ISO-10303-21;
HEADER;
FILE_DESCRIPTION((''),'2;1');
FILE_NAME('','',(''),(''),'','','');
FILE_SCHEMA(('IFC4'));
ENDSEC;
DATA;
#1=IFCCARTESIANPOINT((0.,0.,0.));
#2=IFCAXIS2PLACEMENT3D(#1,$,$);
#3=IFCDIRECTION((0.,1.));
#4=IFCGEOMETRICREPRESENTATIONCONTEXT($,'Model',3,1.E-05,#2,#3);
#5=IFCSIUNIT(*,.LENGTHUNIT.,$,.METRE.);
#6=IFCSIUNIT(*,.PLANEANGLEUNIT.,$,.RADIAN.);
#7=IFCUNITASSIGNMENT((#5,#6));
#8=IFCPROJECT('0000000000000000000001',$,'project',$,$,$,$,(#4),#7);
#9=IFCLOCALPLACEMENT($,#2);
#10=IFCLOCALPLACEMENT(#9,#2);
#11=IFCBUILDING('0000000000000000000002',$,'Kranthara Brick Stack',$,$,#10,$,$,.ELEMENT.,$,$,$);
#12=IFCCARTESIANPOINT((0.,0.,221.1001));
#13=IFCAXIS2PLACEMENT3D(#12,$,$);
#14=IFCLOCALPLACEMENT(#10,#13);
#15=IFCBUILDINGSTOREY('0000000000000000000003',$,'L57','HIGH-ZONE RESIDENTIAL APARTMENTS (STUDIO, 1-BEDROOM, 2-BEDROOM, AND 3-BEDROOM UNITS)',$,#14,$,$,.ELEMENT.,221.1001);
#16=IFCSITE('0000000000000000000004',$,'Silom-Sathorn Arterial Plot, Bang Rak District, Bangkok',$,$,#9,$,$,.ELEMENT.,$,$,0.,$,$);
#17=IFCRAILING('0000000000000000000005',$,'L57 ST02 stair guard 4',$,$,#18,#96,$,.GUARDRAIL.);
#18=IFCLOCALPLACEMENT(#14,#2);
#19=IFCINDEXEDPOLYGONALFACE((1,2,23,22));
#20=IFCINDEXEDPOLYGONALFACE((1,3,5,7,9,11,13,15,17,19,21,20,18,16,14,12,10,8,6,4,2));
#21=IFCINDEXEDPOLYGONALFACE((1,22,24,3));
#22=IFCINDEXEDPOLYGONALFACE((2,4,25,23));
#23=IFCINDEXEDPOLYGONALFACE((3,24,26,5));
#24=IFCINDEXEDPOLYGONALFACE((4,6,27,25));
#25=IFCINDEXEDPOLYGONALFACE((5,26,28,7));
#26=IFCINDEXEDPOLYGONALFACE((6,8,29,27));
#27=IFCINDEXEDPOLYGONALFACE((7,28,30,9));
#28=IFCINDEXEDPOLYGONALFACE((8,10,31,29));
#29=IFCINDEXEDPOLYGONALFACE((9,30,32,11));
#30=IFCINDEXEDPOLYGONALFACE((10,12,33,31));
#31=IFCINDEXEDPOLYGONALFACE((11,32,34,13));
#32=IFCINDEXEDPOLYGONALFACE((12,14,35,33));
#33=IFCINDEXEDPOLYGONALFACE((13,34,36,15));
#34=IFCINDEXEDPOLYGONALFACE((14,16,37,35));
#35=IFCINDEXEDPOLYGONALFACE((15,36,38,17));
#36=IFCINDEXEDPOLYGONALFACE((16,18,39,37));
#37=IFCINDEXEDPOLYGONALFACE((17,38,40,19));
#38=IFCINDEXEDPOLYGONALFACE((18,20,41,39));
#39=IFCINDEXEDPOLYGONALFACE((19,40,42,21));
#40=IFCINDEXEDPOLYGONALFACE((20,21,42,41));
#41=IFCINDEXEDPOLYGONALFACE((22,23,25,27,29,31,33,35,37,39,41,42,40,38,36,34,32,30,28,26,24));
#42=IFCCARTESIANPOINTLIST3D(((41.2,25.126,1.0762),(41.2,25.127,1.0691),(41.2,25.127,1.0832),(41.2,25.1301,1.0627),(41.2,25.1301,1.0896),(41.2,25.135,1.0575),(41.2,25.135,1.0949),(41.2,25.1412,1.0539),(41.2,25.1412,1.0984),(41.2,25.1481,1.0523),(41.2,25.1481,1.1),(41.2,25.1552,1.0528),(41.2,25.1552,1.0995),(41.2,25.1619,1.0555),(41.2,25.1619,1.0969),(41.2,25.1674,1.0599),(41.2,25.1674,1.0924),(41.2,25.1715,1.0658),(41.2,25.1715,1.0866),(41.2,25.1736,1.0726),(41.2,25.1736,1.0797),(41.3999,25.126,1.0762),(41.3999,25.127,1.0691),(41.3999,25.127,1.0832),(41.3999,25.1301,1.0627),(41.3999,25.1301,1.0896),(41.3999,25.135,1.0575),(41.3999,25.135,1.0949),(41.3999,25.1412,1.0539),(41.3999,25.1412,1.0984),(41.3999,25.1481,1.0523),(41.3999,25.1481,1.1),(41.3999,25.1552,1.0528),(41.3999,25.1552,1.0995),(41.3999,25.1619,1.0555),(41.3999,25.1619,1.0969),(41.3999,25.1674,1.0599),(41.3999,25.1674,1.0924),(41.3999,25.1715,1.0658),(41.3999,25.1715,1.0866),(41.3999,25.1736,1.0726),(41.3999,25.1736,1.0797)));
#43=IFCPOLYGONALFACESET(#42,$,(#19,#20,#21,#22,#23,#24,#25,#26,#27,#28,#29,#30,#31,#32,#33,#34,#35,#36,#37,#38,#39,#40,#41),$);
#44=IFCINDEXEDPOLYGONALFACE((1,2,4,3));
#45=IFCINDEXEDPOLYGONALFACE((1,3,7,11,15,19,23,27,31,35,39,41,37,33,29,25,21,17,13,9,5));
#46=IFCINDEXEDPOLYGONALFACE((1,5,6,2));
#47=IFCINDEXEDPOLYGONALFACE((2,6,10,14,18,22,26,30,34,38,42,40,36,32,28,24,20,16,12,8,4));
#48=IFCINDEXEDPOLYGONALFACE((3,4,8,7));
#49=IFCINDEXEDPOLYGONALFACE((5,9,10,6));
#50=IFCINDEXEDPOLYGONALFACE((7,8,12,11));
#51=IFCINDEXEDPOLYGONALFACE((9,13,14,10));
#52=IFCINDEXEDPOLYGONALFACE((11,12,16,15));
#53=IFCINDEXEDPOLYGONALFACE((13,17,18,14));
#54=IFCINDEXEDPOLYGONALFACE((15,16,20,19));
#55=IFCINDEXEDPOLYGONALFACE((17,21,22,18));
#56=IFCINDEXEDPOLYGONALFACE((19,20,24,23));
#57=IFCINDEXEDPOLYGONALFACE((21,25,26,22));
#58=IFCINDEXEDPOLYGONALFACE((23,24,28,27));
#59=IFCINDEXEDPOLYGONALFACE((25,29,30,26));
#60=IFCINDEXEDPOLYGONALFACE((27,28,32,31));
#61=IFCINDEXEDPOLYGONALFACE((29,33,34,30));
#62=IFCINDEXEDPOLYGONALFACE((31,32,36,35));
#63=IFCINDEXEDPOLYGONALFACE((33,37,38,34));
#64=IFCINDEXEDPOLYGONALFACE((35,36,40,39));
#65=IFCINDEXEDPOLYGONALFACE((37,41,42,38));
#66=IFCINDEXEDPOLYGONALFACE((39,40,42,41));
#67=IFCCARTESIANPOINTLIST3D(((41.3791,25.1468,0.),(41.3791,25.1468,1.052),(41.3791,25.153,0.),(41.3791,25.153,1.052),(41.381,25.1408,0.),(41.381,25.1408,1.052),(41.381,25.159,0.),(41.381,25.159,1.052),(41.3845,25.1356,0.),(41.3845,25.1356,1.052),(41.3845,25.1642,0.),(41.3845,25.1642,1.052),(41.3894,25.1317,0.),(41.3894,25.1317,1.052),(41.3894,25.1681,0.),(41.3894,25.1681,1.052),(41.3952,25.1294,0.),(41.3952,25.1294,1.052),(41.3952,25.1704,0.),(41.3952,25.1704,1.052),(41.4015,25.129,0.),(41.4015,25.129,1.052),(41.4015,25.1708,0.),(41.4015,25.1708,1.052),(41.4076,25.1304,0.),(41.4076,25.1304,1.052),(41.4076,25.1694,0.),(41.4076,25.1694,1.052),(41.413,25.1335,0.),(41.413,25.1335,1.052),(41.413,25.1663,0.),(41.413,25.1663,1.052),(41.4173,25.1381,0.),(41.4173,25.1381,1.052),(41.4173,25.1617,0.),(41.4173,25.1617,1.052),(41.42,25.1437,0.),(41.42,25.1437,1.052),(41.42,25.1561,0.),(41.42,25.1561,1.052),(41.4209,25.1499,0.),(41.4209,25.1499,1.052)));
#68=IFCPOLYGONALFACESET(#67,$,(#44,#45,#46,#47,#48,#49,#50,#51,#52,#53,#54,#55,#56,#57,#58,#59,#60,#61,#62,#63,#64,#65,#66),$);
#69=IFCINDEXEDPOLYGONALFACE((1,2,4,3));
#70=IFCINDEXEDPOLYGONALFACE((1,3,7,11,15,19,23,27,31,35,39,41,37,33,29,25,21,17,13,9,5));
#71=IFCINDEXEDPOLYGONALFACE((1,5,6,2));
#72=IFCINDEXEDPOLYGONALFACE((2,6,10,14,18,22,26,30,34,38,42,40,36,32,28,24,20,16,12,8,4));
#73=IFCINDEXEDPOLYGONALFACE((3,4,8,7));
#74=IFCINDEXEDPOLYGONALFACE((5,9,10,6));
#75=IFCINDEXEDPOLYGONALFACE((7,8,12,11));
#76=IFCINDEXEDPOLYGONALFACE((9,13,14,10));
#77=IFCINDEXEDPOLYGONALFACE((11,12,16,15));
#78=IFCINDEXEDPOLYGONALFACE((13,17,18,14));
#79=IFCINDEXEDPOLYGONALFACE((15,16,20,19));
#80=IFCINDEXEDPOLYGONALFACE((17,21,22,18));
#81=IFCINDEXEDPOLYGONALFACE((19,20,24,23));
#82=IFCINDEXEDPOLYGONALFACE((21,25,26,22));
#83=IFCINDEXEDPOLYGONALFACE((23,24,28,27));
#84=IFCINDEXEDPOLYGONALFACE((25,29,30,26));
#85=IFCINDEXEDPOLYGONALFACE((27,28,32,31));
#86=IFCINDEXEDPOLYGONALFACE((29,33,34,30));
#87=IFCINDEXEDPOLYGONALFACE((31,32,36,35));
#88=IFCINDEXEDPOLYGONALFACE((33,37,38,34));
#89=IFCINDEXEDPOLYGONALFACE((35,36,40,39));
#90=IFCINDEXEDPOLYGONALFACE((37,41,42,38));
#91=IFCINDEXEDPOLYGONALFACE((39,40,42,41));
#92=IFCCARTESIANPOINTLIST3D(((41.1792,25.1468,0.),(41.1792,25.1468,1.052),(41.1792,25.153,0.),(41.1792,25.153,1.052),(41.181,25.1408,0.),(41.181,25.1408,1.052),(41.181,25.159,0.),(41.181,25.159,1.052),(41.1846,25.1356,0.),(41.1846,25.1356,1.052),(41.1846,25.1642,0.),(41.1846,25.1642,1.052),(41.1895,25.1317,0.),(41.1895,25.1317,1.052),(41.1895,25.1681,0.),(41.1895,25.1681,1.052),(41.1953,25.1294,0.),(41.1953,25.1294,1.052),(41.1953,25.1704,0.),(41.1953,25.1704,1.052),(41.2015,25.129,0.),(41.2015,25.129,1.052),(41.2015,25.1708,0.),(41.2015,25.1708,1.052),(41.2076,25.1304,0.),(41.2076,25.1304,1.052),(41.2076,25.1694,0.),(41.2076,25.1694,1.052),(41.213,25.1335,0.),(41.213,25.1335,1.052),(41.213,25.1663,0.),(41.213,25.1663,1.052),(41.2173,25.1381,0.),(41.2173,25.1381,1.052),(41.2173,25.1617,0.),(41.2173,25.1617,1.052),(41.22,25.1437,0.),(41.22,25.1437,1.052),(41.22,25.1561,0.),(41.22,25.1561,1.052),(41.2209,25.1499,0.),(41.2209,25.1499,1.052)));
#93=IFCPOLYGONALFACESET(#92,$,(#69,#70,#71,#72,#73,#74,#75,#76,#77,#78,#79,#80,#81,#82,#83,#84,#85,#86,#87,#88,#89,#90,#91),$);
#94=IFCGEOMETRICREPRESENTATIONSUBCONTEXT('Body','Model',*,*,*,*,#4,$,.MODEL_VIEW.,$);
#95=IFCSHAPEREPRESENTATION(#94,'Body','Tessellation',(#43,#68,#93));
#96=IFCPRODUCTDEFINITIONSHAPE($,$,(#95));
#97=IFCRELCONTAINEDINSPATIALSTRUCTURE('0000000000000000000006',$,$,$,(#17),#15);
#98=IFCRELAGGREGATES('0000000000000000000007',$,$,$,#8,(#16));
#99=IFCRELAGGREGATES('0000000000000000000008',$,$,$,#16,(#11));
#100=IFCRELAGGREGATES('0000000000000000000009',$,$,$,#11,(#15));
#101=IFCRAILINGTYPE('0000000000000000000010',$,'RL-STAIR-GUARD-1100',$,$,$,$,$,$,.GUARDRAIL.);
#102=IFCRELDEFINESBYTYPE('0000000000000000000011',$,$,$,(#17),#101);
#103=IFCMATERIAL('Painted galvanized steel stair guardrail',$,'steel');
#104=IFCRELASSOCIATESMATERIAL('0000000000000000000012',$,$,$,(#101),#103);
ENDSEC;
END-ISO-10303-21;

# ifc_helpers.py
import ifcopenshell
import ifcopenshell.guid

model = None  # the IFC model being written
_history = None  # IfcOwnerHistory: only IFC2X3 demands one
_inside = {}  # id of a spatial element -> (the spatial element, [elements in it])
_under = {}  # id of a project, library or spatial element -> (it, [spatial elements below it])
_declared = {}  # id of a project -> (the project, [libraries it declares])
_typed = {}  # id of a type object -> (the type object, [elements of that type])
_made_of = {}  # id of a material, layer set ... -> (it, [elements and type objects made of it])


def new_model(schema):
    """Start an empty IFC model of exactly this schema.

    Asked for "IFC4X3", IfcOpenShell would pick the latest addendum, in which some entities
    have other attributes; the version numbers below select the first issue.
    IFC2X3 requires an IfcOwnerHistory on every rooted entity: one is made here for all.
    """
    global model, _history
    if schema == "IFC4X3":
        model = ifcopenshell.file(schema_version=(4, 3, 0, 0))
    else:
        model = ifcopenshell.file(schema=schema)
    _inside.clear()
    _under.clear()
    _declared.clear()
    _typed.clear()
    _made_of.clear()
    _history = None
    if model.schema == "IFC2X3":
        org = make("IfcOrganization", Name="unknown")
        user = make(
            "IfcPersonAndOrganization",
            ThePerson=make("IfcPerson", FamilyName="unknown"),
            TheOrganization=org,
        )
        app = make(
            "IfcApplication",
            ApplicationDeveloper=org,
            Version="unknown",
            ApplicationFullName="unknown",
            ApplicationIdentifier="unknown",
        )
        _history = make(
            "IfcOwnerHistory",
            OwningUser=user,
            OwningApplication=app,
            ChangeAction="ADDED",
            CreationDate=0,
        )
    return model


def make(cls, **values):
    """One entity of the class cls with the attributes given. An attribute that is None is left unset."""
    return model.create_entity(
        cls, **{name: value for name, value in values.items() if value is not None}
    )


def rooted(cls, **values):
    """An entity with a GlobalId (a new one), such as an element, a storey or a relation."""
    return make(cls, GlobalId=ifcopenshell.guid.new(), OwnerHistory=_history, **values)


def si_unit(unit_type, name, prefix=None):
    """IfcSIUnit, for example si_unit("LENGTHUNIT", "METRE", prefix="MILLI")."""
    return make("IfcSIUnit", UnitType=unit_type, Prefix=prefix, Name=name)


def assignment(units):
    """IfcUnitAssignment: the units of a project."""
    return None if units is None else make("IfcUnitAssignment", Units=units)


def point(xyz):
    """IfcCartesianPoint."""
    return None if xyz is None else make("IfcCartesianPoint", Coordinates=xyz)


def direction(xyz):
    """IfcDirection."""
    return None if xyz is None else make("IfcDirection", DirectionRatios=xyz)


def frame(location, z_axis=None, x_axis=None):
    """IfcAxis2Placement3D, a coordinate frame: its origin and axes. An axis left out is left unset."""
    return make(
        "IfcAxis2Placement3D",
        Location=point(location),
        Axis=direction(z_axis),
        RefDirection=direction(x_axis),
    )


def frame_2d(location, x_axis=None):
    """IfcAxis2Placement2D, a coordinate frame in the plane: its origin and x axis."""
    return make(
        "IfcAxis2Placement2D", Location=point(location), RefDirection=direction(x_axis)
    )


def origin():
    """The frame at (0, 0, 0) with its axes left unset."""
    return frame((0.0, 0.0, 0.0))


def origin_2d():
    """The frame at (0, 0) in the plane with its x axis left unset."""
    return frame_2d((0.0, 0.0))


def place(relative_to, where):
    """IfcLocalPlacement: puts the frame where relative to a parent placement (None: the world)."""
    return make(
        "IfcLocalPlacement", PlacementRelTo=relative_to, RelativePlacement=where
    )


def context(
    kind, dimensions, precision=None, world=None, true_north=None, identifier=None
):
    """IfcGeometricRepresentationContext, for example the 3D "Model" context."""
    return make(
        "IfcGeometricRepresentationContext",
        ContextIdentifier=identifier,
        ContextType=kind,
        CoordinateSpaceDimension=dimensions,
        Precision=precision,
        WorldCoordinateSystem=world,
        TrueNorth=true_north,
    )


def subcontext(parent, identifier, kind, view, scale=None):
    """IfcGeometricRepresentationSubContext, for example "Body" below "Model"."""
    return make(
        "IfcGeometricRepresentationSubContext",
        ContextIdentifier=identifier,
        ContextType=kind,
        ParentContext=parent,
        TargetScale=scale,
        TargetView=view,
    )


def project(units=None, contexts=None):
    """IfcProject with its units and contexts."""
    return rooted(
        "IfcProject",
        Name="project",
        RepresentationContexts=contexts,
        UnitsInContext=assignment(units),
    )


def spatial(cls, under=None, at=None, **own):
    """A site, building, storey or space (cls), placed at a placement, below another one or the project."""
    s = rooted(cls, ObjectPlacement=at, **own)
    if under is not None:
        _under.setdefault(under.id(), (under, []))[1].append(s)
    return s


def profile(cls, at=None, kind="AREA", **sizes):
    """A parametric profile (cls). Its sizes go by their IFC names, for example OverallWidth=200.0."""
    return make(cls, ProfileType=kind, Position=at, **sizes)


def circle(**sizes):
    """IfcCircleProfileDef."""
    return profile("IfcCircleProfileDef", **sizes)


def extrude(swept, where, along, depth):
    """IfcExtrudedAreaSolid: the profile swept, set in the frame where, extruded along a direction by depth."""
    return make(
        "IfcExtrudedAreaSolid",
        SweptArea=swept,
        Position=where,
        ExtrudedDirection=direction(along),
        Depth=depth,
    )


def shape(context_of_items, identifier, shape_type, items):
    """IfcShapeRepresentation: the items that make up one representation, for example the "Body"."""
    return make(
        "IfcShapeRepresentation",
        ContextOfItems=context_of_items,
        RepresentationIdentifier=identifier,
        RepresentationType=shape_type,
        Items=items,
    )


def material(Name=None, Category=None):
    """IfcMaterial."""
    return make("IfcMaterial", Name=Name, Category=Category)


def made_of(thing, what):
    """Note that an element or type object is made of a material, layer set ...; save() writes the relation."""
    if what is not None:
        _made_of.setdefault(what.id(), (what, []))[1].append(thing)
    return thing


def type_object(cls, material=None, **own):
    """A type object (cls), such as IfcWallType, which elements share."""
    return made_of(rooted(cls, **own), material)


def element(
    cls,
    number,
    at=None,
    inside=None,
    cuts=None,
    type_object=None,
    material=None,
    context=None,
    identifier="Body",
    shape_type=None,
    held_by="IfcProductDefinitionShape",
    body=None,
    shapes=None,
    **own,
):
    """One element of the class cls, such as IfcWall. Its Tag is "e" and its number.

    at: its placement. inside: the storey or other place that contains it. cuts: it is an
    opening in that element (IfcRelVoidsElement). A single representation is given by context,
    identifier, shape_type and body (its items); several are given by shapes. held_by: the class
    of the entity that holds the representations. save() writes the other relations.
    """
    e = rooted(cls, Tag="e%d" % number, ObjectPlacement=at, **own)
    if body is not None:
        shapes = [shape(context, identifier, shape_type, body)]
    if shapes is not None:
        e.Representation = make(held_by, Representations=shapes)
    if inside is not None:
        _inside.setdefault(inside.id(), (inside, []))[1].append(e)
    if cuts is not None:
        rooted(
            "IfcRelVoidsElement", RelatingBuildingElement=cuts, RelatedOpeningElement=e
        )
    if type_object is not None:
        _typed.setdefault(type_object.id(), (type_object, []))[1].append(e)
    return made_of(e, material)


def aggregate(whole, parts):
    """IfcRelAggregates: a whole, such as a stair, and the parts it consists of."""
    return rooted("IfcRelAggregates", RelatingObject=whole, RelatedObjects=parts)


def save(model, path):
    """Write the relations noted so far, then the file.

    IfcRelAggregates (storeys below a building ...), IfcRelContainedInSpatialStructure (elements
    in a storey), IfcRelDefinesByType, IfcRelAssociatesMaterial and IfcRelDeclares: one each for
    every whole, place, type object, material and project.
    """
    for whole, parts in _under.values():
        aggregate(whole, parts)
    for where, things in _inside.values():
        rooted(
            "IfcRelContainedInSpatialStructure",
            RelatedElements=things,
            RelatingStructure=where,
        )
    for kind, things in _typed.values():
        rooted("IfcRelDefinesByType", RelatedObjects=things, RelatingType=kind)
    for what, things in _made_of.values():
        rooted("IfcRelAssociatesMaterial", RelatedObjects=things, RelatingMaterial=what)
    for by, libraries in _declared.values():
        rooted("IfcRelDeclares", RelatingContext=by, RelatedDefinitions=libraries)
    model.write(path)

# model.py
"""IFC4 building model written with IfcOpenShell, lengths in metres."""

from ifc_helpers import new_model, si_unit, direction, frame, origin, origin_2d, place, context, subcontext, project, spatial, circle, extrude, material, type_object, element, save


model = new_model("IFC4")

# Units and contexts
model_context = context("Model", 3, precision=1e-05, world=origin(), true_north=direction((0.0, 1.0)))
body_context = subcontext(model_context, "Body", "Model", "MODEL_VIEW")
ifc_project = project(units=[si_unit("LENGTHUNIT", "METRE"), si_unit("PLANEANGLEUNIT", "RADIAN")], contexts=[model_context])

# Site, building, storey
site_placement = place(None, origin())
site = spatial("IfcSite", under=ifc_project, at=site_placement, Name="Silom-Sathorn Arterial Plot, Bang Rak District, Bangkok", CompositionType="ELEMENT", RefElevation=0.0)
building_placement = place(site_placement, origin())
building = spatial("IfcBuilding", under=site, at=building_placement, Name="Kranthara Brick Stack", CompositionType="ELEMENT")
storey_placement = place(building_placement, frame((0.0, 0.0, 221.1001)))
storey = spatial("IfcBuildingStorey", under=building, at=storey_placement, Name="L57", Description="HIGH-ZONE RESIDENTIAL APARTMENTS (STUDIO, 1-BEDROOM, 2-BEDROOM, AND 3-BEDROOM UNITS)", CompositionType="ELEMENT", Elevation=221.1001)

# Railing
ifc_material_1 = material(Name="Painted galvanized steel stair guardrail", Category="steel")
railing_type_1 = type_object("IfcRailingType", Name="RL-STAIR-GUARD-1100", PredefinedType="GUARDRAIL", material=ifc_material_1)
railing_1_placement = place(storey_placement, frame((41.3999, 25.1499, 0.0)))
element("IfcRailing", 1, at=railing_1_placement, inside=storey, type_object=railing_type_1, Name="L57 ST02 stair guard 4", PredefinedType="GUARDRAIL", context=body_context, shape_type="SweptSolid", body=[
    extrude(circle(Radius=0.0239, at=origin_2d()), frame((0.0, 0.0, 1.0762), z_axis=(-1.0, 0.0, 0.0), x_axis=(0.0, -1.0, 0.0)), (0.0, 0.0, 1.0), 0.2),
    extrude(circle(Radius=0.021, at=origin_2d()), origin(), (0.0, 0.0, 1.0), 1.052),
    extrude(circle(Radius=0.021, at=origin_2d()), frame((-0.2, 0.0, 0.0)), (0.0, 0.0, 1.0), 1.052),
])

save(model, "model.ifc")
